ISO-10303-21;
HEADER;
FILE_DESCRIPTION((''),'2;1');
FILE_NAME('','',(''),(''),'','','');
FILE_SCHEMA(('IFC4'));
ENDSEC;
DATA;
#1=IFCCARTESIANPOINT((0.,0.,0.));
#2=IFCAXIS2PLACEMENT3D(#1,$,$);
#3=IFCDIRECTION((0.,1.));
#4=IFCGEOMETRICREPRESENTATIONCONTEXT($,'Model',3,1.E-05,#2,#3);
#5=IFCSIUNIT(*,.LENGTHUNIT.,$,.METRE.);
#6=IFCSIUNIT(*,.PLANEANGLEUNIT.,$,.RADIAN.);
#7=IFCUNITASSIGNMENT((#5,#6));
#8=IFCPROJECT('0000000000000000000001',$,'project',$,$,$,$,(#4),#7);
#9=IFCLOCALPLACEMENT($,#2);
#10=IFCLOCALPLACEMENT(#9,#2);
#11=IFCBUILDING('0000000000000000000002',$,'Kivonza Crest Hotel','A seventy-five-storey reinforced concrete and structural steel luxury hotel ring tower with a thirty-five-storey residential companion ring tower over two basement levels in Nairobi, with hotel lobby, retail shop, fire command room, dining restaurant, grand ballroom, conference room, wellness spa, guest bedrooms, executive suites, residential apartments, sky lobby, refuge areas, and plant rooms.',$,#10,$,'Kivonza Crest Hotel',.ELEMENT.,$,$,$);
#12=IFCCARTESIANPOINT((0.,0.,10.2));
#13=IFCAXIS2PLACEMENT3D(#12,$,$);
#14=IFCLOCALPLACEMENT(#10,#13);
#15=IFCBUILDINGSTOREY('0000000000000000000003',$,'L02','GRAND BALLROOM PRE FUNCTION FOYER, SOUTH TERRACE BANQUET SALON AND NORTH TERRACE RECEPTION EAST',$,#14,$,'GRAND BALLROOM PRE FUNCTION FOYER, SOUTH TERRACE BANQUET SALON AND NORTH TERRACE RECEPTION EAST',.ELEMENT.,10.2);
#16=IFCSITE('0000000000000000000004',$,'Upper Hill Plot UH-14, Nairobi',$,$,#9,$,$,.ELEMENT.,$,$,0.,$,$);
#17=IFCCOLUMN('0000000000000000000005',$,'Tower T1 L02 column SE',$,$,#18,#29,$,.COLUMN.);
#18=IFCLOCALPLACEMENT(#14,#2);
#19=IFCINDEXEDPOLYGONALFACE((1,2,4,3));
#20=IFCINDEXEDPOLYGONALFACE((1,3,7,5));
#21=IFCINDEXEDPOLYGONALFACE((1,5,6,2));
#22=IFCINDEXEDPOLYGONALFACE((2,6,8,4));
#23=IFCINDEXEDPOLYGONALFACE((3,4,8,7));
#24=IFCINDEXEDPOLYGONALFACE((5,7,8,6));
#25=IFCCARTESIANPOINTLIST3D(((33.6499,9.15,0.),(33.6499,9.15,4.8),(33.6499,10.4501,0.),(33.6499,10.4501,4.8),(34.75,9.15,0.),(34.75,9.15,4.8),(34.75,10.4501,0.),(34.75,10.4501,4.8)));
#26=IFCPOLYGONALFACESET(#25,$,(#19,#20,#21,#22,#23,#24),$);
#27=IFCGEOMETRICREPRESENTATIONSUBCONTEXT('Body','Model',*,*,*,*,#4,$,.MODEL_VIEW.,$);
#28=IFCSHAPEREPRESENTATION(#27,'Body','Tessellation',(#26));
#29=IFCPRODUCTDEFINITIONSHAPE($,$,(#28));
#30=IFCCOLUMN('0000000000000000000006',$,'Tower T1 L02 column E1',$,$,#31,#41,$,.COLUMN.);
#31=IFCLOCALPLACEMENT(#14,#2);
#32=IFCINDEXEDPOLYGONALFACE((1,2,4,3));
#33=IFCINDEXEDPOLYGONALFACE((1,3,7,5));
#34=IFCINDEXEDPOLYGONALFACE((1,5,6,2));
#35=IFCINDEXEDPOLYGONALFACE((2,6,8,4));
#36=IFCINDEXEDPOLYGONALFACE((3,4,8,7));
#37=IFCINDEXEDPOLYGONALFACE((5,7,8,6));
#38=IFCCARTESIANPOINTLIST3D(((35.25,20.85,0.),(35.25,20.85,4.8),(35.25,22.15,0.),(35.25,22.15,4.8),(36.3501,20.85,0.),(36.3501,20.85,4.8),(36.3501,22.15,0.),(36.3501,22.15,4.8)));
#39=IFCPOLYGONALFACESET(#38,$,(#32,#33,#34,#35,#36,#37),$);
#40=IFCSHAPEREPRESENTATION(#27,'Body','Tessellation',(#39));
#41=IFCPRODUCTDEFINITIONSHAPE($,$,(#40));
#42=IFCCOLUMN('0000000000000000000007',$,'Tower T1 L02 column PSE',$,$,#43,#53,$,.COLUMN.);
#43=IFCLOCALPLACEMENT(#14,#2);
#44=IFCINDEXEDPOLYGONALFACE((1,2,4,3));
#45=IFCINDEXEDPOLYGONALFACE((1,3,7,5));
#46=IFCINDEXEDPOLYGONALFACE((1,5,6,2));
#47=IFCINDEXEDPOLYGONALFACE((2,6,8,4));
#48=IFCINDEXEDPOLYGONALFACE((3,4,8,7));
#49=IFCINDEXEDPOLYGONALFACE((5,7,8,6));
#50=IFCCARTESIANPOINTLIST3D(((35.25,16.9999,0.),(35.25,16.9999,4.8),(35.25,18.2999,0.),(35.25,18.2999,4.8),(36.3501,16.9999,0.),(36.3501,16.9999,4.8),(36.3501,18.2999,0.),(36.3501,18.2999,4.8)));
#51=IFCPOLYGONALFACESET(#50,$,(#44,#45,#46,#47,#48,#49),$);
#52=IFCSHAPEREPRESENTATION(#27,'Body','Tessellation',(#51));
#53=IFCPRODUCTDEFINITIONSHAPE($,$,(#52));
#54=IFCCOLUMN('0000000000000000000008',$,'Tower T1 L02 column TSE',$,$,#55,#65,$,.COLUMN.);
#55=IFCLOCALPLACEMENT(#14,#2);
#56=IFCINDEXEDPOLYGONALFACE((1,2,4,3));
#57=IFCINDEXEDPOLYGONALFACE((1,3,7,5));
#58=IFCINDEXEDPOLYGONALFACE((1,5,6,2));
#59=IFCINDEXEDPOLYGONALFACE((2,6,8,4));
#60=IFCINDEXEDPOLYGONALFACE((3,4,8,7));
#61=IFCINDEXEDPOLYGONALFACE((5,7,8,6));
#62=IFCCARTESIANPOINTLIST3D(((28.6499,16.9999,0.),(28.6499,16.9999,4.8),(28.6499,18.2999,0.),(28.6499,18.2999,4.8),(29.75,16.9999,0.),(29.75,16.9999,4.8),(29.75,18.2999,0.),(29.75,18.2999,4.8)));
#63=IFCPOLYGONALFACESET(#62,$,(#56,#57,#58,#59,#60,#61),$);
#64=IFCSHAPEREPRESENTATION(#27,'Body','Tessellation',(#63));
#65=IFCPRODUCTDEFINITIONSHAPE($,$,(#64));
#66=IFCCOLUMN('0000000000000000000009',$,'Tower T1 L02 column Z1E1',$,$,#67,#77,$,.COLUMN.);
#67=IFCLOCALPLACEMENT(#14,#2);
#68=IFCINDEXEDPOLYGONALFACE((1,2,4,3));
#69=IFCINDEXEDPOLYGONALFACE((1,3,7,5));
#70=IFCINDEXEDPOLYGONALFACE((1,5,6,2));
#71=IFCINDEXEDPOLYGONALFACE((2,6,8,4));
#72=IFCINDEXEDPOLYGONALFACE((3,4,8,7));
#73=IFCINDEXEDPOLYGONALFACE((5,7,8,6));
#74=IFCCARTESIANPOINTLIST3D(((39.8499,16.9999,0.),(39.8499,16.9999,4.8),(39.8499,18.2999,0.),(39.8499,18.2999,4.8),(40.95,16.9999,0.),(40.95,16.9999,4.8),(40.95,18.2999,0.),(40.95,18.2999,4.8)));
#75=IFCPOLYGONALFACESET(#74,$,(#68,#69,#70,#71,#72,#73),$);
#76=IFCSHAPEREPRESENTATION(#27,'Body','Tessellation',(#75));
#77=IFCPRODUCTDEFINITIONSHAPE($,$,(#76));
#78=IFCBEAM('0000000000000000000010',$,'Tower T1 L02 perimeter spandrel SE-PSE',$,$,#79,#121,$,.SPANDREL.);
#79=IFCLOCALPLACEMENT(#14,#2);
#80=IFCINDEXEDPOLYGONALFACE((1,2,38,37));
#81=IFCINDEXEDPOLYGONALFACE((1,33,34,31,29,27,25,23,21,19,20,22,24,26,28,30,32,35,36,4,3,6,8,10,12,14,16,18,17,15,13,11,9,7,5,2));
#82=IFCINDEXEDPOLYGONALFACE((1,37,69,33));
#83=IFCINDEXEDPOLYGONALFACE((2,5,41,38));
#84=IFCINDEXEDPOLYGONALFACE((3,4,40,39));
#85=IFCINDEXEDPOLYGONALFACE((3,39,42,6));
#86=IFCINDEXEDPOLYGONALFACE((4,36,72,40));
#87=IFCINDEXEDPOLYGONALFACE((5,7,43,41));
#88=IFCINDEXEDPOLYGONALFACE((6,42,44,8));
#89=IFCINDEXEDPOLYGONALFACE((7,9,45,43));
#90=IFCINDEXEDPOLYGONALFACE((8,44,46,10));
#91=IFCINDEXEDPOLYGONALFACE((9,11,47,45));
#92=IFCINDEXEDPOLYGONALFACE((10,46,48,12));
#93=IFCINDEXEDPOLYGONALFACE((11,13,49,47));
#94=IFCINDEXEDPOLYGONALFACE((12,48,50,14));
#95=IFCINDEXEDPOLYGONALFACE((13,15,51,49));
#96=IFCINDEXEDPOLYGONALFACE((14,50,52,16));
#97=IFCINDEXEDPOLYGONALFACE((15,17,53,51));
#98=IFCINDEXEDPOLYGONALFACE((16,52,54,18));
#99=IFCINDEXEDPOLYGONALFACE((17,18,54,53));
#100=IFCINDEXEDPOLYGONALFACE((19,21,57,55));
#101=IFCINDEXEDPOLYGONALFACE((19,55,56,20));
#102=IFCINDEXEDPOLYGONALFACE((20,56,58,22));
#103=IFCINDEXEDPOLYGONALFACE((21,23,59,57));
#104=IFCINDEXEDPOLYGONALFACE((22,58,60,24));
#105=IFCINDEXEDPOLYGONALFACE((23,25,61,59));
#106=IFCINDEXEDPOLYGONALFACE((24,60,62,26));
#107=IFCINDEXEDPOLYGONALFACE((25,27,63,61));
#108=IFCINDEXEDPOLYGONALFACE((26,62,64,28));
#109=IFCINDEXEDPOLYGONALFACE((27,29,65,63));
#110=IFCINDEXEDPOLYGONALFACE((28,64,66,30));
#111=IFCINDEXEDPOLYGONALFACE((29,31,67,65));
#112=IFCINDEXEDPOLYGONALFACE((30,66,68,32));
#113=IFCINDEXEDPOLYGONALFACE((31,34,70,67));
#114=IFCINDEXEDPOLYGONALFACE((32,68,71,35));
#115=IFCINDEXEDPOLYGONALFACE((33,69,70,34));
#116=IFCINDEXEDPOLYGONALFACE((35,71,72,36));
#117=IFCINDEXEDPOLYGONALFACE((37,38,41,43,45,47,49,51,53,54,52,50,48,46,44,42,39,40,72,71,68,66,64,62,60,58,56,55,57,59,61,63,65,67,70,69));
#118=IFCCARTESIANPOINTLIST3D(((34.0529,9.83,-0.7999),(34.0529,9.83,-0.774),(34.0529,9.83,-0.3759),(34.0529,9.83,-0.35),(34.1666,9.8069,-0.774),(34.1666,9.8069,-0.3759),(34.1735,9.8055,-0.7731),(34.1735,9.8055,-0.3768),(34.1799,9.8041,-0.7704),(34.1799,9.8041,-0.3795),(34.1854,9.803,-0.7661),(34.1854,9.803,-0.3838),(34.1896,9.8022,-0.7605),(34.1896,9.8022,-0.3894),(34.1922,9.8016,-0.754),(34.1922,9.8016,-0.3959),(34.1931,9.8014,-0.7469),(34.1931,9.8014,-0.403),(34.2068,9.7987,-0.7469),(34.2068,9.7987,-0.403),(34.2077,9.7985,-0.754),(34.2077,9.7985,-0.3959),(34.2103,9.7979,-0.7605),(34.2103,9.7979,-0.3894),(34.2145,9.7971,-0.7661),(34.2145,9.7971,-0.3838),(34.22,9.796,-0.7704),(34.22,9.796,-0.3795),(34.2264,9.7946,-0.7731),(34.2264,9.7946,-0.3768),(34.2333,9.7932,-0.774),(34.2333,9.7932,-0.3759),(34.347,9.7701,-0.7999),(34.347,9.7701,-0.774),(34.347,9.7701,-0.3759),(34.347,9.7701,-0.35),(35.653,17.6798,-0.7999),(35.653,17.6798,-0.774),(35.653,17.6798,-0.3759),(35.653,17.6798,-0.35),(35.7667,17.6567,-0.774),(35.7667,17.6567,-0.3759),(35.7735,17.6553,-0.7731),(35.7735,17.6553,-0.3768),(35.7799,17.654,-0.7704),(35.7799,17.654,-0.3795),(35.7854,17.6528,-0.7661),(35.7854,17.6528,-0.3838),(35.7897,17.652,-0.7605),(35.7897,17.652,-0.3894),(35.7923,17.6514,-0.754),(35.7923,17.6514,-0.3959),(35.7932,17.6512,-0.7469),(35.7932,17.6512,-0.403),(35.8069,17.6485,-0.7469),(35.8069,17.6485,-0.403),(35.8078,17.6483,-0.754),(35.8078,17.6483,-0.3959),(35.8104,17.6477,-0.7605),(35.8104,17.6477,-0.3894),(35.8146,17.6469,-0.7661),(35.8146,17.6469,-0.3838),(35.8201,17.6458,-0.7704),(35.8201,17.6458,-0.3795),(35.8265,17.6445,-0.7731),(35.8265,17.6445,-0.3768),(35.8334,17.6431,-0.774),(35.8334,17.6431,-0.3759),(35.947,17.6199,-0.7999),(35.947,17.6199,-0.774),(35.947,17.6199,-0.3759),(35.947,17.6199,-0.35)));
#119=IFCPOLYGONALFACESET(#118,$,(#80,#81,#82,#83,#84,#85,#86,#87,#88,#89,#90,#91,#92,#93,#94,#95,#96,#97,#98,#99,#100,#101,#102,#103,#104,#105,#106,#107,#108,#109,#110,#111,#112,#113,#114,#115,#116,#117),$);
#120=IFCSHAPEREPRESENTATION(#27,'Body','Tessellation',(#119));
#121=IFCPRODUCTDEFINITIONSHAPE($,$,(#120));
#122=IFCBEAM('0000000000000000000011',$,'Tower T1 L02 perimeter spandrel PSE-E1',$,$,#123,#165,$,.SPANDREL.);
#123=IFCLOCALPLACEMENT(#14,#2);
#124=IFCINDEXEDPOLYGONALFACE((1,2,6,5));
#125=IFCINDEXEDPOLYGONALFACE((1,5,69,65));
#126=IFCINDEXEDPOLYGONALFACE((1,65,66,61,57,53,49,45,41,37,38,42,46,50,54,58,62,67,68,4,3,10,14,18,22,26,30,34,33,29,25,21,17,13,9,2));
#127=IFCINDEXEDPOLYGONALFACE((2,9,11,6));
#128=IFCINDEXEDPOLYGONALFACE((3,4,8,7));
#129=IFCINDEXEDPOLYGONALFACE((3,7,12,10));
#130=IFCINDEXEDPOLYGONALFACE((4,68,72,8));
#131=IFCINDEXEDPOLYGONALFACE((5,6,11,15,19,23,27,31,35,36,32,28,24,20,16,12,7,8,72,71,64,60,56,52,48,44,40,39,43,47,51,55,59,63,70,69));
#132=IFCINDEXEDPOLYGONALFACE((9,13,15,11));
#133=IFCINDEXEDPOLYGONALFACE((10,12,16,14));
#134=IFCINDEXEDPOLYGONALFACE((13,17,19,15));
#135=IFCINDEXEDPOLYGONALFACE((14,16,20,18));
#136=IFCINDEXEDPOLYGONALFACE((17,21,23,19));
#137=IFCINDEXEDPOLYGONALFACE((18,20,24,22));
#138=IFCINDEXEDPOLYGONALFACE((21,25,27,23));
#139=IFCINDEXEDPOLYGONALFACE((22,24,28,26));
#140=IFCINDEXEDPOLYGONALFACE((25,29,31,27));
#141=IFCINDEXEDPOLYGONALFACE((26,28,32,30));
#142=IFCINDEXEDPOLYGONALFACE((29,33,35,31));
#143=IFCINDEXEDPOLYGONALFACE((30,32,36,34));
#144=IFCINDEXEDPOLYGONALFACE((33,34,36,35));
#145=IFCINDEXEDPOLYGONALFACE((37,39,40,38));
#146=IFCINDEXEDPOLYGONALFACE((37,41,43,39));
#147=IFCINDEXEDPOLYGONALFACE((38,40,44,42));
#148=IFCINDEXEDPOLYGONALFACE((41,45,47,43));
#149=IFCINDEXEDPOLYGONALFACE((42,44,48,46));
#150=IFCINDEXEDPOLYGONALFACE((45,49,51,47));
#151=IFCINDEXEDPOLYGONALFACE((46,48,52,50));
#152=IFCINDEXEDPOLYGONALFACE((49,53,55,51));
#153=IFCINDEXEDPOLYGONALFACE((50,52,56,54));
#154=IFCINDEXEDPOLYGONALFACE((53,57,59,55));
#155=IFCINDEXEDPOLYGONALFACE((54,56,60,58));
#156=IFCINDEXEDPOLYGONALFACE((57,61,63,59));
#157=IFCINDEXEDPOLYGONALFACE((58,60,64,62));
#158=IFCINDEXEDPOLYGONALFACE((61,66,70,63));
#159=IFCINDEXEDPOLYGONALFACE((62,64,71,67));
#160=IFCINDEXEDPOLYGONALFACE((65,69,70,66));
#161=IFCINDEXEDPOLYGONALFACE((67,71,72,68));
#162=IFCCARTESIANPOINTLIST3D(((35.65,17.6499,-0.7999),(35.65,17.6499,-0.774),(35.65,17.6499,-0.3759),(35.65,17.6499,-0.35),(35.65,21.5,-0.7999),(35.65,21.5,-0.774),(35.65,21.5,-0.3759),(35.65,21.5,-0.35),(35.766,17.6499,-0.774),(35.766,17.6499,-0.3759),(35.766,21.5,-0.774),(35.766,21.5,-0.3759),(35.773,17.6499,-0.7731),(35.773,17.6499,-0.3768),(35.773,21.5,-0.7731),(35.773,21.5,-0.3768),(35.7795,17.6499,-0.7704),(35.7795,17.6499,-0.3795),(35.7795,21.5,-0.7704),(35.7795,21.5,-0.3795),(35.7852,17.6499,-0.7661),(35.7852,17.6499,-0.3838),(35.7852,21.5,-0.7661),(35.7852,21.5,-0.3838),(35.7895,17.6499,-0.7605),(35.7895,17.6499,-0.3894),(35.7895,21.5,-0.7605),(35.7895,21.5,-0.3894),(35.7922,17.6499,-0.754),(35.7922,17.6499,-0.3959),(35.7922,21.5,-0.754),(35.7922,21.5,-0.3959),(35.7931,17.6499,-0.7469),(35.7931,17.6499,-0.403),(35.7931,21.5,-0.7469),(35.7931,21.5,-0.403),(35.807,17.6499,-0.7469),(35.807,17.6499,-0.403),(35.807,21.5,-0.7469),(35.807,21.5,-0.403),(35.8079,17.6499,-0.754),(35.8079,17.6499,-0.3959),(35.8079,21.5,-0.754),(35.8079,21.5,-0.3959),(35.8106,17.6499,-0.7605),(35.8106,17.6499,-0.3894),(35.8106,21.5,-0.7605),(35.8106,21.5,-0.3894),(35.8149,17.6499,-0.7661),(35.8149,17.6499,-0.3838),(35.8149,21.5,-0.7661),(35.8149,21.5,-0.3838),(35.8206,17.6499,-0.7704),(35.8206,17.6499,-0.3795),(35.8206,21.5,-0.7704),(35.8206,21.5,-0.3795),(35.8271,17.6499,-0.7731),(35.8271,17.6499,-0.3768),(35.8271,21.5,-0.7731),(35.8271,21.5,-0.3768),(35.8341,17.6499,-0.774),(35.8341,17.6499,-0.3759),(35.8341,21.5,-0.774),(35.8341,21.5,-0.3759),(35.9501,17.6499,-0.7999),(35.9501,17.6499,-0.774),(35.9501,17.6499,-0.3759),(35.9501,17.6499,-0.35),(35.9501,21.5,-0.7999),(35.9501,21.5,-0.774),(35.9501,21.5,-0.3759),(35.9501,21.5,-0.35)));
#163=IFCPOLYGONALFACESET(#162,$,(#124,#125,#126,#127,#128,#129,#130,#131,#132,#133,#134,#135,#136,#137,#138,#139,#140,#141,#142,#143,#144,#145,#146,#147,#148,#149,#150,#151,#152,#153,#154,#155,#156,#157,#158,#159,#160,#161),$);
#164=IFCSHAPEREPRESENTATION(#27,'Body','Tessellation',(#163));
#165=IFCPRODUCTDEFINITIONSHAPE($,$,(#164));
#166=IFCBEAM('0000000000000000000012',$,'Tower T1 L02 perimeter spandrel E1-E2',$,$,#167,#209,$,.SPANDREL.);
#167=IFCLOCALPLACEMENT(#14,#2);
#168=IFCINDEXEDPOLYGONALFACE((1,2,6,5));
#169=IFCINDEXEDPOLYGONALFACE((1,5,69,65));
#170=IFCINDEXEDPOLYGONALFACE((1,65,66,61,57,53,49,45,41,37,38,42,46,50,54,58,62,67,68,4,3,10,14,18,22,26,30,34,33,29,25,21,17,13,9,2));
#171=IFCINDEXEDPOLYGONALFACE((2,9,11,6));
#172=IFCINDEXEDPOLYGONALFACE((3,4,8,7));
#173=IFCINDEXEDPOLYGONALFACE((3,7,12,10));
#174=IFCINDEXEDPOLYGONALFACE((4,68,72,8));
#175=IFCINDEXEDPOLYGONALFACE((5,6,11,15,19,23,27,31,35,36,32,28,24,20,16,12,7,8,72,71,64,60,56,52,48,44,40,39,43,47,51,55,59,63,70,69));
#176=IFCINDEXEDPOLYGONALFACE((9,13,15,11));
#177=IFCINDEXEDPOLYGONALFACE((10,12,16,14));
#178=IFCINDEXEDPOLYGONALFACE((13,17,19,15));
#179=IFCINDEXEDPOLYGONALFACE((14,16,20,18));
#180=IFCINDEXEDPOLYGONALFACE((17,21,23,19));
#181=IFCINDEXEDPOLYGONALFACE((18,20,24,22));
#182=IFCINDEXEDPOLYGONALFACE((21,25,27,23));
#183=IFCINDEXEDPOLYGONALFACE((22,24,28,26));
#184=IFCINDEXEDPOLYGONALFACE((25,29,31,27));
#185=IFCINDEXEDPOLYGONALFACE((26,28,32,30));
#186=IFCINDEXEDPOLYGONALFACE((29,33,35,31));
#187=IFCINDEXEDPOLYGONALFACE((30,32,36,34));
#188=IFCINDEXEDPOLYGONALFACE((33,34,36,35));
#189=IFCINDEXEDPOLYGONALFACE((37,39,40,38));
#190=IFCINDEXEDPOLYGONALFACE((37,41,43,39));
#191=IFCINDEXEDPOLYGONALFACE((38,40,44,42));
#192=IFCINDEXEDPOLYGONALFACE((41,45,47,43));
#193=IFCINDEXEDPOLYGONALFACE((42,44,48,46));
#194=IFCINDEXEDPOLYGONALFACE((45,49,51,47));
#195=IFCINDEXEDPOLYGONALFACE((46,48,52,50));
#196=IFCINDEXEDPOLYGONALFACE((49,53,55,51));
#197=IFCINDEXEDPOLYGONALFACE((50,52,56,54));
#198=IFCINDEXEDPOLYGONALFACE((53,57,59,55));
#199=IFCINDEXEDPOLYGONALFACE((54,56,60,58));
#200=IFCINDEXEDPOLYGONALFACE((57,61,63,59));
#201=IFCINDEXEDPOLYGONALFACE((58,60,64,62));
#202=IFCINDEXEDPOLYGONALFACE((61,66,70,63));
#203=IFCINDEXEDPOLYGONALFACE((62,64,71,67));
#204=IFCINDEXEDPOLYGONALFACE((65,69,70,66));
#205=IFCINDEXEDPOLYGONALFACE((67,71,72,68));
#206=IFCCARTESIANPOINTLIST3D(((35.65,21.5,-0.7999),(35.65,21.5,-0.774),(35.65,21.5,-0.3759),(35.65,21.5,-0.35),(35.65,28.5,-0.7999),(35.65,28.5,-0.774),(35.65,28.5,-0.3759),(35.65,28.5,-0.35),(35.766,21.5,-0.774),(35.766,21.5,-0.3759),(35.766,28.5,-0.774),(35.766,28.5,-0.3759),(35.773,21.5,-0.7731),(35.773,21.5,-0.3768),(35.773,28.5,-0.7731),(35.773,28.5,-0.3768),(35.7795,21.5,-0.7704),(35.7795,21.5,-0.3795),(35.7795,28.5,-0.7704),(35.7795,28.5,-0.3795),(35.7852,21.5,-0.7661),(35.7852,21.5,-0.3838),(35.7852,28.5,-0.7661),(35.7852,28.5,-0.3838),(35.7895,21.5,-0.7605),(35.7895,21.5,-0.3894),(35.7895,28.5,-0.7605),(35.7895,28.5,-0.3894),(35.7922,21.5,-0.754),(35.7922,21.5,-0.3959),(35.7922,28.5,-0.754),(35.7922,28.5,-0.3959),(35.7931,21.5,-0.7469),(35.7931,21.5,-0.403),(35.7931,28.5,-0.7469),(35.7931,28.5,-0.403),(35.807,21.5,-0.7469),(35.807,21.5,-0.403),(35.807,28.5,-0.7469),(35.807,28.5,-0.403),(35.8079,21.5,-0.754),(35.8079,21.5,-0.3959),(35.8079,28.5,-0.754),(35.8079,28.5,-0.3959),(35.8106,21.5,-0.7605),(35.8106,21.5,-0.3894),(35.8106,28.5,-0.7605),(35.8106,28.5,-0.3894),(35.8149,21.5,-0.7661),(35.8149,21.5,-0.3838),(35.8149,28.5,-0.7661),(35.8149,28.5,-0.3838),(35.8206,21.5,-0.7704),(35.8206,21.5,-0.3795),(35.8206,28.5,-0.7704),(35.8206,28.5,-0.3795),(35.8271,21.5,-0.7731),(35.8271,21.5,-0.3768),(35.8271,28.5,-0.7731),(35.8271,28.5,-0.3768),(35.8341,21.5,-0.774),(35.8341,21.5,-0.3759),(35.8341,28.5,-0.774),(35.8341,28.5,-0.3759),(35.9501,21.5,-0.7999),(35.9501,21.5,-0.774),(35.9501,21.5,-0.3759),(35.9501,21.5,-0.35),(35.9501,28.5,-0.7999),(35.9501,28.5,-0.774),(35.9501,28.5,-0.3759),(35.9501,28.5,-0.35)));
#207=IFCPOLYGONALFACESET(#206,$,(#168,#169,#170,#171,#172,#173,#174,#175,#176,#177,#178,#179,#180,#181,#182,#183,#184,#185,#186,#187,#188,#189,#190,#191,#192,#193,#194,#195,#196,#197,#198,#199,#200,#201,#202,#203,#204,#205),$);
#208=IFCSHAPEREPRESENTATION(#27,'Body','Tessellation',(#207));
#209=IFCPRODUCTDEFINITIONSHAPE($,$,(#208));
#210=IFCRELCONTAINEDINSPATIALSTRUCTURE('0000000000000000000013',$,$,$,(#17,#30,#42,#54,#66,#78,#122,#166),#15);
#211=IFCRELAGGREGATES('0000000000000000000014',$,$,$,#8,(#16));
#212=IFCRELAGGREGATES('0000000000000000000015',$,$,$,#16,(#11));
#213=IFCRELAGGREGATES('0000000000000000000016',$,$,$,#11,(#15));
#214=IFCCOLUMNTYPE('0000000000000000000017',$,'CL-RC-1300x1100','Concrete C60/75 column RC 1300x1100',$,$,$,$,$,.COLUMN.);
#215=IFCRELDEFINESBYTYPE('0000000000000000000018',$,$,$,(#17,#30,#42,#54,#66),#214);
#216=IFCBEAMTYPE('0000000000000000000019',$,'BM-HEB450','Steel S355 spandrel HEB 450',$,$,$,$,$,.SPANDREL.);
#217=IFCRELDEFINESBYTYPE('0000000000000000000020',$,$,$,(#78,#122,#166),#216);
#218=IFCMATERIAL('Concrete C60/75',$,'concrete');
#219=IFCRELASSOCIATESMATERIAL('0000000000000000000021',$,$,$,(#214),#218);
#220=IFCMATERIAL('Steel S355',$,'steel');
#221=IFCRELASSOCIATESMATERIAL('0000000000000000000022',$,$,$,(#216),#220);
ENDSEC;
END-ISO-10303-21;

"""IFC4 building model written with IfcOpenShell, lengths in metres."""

from ifc_helpers import new_model, si_unit, direction, frame, origin, origin_2d, place, context, subcontext, project, spatial, rectangle, i_section, extrude, material, material_profile, profile_set, type_object, element, save


model = new_model("IFC4")

# Units and contexts
model_context = context("Model", 3, precision=1e-05, world=origin(), true_north=direction((0.0, 1.0)))
body_context = subcontext(model_context, "Body", "Model", "MODEL_VIEW")
ifc_project = project(units=[si_unit("LENGTHUNIT", "METRE"), si_unit("PLANEANGLEUNIT", "RADIAN")], contexts=[model_context])

# Site, building, storey
site_placement = place(None, origin())
site = spatial("IfcSite", under=ifc_project, at=site_placement, Name="Upper Hill Plot UH-14, Nairobi", CompositionType="ELEMENT", RefElevation=0.0)
building_placement = place(site_placement, origin())
building = spatial("IfcBuilding", under=site, at=building_placement, Name="Kivonza Crest Hotel", Description="A seventy-five-storey reinforced concrete and structural steel luxury hotel ring tower with a thirty-five-storey residential companion ring tower over two basement levels in Nairobi, with hotel lobby, retail shop, fire command room, dining restaurant, grand ballroom, conference room, wellness spa, guest bedrooms, executive suites, residential apartments, sky lobby, refuge areas, and plant rooms.", LongName="Kivonza Crest Hotel", CompositionType="ELEMENT")
storey_placement = place(building_placement, frame((0.0, 0.0, 10.2)))
storey = spatial("IfcBuildingStorey", under=building, at=storey_placement, Name="L02", Description="GRAND BALLROOM PRE FUNCTION FOYER, SOUTH TERRACE BANQUET SALON AND NORTH TERRACE RECEPTION EAST", LongName="GRAND BALLROOM PRE FUNCTION FOYER, SOUTH TERRACE BANQUET SALON AND NORTH TERRACE RECEPTION EAST", CompositionType="ELEMENT", Elevation=10.2)

# Columns
ifc_material_1 = material(Name="Concrete C60/75", Category="concrete")
ifc_material_profile_1 = material_profile(ifc_material_1, rectangle(XDim=1.1001, YDim=1.3, at=origin_2d()), Name="RC 1300x1100")
ifc_profile_set_1 = profile_set([ifc_material_profile_1], Name="Concrete C60/75")
column_type = type_object("IfcColumnType", Name="CL-RC-1300x1100", Description="Concrete C60/75 column RC 1300x1100", PredefinedType="COLUMN", material=ifc_profile_set_1)
for number, where, z_axis, x_axis, name in (
    (1, (34.2, 9.8, 0.0), (0.0, 0.0, 1.0), (1.0, 0.0, 0.0), "Tower T1 L02 column SE"),
    (2, (35.8, 21.5, 0.0), (0.0, 0.0, 1.0), (1.0, 0.0, 0.0), "Tower T1 L02 column E1"),
    (3, (35.8, 17.6499, 0.0), (0.0, 0.0, 1.0), (1.0, 0.0, 0.0), "Tower T1 L02 column PSE"),
    (4, (29.2, 17.6499, 0.0), (0.0, 0.0, 1.0), (1.0, 0.0, 0.0), "Tower T1 L02 column TSE"),
    (5, (40.3999, 17.6499, 0.0), (0.0, 0.0, 1.0), (1.0, 0.0, 0.0), "Tower T1 L02 column Z1E1"),
):
    element("IfcColumn", number, at=place(storey_placement, frame(where, z_axis=z_axis, x_axis=x_axis)), inside=storey, type_object=column_type, Name=name, PredefinedType="COLUMN", context=body_context, shape_type="SweptSolid", body=[
        extrude(rectangle(XDim=1.1001, YDim=1.3, at=origin_2d()), origin(), (0.0, 0.0, 1.0), 4.8),
    ])

# Beams
ifc_material_2 = material(Name="Steel S355", Category="steel")
ifc_material_profile_2 = material_profile(ifc_material_2, i_section(OverallWidth=0.3, OverallDepth=0.45, WebThickness=0.0139, FlangeThickness=0.0259, FilletRadius=0.0271, at=origin_2d()), Name="HEB 450")
ifc_profile_set_2 = profile_set([ifc_material_profile_2], Name="Steel S355")
beam_type_1 = type_object("IfcBeamType", Name="BM-HEB450", Description="Steel S355 spandrel HEB 450", PredefinedType="SPANDREL", material=ifc_profile_set_2)
beam_1_placement = place(storey_placement, frame((34.2, 9.8, -0.575), z_axis=(0.199731, 0.979851, 0.0), x_axis=(-0.979851, 0.199731, 0.0)))
element("IfcBeam", 6, at=beam_1_placement, inside=storey, type_object=beam_type_1, Name="Tower T1 L02 perimeter spandrel SE-PSE", PredefinedType="SPANDREL", context=body_context, shape_type="SweptSolid", body=[
    extrude(i_section(OverallWidth=0.3, OverallDepth=0.45, WebThickness=0.0139, FlangeThickness=0.0259, FilletRadius=0.0271, at=origin_2d()), origin(), (0.0, 0.0, 1.0), 8.0112),
])
beam_2_placement = place(storey_placement, frame((35.8, 17.6499, -0.575), z_axis=(0.0, 1.0, 0.0), x_axis=(-1.0, 0.0, 0.0)))
element("IfcBeam", 7, at=beam_2_placement, inside=storey, type_object=beam_type_1, Name="Tower T1 L02 perimeter spandrel PSE-E1", PredefinedType="SPANDREL", context=body_context, shape_type="SweptSolid", body=[
    extrude(i_section(OverallWidth=0.3, OverallDepth=0.45, WebThickness=0.0139, FlangeThickness=0.0259, FilletRadius=0.0271, at=origin_2d()), origin(), (0.0, 0.0, 1.0), 3.8501),
])
beam_3_placement = place(storey_placement, frame((35.8, 21.5, -0.575), z_axis=(0.0, 1.0, 0.0), x_axis=(-1.0, 0.0, 0.0)))
element("IfcBeam", 8, at=beam_3_placement, inside=storey, type_object=beam_type_1, Name="Tower T1 L02 perimeter spandrel E1-E2", PredefinedType="SPANDREL", context=body_context, shape_type="SweptSolid", body=[
    extrude(i_section(OverallWidth=0.3, OverallDepth=0.45, WebThickness=0.0139, FlangeThickness=0.0259, FilletRadius=0.0271, at=origin_2d()), origin(), (0.0, 0.0, 1.0), 7.0),
])

save(model, "model.ifc")
